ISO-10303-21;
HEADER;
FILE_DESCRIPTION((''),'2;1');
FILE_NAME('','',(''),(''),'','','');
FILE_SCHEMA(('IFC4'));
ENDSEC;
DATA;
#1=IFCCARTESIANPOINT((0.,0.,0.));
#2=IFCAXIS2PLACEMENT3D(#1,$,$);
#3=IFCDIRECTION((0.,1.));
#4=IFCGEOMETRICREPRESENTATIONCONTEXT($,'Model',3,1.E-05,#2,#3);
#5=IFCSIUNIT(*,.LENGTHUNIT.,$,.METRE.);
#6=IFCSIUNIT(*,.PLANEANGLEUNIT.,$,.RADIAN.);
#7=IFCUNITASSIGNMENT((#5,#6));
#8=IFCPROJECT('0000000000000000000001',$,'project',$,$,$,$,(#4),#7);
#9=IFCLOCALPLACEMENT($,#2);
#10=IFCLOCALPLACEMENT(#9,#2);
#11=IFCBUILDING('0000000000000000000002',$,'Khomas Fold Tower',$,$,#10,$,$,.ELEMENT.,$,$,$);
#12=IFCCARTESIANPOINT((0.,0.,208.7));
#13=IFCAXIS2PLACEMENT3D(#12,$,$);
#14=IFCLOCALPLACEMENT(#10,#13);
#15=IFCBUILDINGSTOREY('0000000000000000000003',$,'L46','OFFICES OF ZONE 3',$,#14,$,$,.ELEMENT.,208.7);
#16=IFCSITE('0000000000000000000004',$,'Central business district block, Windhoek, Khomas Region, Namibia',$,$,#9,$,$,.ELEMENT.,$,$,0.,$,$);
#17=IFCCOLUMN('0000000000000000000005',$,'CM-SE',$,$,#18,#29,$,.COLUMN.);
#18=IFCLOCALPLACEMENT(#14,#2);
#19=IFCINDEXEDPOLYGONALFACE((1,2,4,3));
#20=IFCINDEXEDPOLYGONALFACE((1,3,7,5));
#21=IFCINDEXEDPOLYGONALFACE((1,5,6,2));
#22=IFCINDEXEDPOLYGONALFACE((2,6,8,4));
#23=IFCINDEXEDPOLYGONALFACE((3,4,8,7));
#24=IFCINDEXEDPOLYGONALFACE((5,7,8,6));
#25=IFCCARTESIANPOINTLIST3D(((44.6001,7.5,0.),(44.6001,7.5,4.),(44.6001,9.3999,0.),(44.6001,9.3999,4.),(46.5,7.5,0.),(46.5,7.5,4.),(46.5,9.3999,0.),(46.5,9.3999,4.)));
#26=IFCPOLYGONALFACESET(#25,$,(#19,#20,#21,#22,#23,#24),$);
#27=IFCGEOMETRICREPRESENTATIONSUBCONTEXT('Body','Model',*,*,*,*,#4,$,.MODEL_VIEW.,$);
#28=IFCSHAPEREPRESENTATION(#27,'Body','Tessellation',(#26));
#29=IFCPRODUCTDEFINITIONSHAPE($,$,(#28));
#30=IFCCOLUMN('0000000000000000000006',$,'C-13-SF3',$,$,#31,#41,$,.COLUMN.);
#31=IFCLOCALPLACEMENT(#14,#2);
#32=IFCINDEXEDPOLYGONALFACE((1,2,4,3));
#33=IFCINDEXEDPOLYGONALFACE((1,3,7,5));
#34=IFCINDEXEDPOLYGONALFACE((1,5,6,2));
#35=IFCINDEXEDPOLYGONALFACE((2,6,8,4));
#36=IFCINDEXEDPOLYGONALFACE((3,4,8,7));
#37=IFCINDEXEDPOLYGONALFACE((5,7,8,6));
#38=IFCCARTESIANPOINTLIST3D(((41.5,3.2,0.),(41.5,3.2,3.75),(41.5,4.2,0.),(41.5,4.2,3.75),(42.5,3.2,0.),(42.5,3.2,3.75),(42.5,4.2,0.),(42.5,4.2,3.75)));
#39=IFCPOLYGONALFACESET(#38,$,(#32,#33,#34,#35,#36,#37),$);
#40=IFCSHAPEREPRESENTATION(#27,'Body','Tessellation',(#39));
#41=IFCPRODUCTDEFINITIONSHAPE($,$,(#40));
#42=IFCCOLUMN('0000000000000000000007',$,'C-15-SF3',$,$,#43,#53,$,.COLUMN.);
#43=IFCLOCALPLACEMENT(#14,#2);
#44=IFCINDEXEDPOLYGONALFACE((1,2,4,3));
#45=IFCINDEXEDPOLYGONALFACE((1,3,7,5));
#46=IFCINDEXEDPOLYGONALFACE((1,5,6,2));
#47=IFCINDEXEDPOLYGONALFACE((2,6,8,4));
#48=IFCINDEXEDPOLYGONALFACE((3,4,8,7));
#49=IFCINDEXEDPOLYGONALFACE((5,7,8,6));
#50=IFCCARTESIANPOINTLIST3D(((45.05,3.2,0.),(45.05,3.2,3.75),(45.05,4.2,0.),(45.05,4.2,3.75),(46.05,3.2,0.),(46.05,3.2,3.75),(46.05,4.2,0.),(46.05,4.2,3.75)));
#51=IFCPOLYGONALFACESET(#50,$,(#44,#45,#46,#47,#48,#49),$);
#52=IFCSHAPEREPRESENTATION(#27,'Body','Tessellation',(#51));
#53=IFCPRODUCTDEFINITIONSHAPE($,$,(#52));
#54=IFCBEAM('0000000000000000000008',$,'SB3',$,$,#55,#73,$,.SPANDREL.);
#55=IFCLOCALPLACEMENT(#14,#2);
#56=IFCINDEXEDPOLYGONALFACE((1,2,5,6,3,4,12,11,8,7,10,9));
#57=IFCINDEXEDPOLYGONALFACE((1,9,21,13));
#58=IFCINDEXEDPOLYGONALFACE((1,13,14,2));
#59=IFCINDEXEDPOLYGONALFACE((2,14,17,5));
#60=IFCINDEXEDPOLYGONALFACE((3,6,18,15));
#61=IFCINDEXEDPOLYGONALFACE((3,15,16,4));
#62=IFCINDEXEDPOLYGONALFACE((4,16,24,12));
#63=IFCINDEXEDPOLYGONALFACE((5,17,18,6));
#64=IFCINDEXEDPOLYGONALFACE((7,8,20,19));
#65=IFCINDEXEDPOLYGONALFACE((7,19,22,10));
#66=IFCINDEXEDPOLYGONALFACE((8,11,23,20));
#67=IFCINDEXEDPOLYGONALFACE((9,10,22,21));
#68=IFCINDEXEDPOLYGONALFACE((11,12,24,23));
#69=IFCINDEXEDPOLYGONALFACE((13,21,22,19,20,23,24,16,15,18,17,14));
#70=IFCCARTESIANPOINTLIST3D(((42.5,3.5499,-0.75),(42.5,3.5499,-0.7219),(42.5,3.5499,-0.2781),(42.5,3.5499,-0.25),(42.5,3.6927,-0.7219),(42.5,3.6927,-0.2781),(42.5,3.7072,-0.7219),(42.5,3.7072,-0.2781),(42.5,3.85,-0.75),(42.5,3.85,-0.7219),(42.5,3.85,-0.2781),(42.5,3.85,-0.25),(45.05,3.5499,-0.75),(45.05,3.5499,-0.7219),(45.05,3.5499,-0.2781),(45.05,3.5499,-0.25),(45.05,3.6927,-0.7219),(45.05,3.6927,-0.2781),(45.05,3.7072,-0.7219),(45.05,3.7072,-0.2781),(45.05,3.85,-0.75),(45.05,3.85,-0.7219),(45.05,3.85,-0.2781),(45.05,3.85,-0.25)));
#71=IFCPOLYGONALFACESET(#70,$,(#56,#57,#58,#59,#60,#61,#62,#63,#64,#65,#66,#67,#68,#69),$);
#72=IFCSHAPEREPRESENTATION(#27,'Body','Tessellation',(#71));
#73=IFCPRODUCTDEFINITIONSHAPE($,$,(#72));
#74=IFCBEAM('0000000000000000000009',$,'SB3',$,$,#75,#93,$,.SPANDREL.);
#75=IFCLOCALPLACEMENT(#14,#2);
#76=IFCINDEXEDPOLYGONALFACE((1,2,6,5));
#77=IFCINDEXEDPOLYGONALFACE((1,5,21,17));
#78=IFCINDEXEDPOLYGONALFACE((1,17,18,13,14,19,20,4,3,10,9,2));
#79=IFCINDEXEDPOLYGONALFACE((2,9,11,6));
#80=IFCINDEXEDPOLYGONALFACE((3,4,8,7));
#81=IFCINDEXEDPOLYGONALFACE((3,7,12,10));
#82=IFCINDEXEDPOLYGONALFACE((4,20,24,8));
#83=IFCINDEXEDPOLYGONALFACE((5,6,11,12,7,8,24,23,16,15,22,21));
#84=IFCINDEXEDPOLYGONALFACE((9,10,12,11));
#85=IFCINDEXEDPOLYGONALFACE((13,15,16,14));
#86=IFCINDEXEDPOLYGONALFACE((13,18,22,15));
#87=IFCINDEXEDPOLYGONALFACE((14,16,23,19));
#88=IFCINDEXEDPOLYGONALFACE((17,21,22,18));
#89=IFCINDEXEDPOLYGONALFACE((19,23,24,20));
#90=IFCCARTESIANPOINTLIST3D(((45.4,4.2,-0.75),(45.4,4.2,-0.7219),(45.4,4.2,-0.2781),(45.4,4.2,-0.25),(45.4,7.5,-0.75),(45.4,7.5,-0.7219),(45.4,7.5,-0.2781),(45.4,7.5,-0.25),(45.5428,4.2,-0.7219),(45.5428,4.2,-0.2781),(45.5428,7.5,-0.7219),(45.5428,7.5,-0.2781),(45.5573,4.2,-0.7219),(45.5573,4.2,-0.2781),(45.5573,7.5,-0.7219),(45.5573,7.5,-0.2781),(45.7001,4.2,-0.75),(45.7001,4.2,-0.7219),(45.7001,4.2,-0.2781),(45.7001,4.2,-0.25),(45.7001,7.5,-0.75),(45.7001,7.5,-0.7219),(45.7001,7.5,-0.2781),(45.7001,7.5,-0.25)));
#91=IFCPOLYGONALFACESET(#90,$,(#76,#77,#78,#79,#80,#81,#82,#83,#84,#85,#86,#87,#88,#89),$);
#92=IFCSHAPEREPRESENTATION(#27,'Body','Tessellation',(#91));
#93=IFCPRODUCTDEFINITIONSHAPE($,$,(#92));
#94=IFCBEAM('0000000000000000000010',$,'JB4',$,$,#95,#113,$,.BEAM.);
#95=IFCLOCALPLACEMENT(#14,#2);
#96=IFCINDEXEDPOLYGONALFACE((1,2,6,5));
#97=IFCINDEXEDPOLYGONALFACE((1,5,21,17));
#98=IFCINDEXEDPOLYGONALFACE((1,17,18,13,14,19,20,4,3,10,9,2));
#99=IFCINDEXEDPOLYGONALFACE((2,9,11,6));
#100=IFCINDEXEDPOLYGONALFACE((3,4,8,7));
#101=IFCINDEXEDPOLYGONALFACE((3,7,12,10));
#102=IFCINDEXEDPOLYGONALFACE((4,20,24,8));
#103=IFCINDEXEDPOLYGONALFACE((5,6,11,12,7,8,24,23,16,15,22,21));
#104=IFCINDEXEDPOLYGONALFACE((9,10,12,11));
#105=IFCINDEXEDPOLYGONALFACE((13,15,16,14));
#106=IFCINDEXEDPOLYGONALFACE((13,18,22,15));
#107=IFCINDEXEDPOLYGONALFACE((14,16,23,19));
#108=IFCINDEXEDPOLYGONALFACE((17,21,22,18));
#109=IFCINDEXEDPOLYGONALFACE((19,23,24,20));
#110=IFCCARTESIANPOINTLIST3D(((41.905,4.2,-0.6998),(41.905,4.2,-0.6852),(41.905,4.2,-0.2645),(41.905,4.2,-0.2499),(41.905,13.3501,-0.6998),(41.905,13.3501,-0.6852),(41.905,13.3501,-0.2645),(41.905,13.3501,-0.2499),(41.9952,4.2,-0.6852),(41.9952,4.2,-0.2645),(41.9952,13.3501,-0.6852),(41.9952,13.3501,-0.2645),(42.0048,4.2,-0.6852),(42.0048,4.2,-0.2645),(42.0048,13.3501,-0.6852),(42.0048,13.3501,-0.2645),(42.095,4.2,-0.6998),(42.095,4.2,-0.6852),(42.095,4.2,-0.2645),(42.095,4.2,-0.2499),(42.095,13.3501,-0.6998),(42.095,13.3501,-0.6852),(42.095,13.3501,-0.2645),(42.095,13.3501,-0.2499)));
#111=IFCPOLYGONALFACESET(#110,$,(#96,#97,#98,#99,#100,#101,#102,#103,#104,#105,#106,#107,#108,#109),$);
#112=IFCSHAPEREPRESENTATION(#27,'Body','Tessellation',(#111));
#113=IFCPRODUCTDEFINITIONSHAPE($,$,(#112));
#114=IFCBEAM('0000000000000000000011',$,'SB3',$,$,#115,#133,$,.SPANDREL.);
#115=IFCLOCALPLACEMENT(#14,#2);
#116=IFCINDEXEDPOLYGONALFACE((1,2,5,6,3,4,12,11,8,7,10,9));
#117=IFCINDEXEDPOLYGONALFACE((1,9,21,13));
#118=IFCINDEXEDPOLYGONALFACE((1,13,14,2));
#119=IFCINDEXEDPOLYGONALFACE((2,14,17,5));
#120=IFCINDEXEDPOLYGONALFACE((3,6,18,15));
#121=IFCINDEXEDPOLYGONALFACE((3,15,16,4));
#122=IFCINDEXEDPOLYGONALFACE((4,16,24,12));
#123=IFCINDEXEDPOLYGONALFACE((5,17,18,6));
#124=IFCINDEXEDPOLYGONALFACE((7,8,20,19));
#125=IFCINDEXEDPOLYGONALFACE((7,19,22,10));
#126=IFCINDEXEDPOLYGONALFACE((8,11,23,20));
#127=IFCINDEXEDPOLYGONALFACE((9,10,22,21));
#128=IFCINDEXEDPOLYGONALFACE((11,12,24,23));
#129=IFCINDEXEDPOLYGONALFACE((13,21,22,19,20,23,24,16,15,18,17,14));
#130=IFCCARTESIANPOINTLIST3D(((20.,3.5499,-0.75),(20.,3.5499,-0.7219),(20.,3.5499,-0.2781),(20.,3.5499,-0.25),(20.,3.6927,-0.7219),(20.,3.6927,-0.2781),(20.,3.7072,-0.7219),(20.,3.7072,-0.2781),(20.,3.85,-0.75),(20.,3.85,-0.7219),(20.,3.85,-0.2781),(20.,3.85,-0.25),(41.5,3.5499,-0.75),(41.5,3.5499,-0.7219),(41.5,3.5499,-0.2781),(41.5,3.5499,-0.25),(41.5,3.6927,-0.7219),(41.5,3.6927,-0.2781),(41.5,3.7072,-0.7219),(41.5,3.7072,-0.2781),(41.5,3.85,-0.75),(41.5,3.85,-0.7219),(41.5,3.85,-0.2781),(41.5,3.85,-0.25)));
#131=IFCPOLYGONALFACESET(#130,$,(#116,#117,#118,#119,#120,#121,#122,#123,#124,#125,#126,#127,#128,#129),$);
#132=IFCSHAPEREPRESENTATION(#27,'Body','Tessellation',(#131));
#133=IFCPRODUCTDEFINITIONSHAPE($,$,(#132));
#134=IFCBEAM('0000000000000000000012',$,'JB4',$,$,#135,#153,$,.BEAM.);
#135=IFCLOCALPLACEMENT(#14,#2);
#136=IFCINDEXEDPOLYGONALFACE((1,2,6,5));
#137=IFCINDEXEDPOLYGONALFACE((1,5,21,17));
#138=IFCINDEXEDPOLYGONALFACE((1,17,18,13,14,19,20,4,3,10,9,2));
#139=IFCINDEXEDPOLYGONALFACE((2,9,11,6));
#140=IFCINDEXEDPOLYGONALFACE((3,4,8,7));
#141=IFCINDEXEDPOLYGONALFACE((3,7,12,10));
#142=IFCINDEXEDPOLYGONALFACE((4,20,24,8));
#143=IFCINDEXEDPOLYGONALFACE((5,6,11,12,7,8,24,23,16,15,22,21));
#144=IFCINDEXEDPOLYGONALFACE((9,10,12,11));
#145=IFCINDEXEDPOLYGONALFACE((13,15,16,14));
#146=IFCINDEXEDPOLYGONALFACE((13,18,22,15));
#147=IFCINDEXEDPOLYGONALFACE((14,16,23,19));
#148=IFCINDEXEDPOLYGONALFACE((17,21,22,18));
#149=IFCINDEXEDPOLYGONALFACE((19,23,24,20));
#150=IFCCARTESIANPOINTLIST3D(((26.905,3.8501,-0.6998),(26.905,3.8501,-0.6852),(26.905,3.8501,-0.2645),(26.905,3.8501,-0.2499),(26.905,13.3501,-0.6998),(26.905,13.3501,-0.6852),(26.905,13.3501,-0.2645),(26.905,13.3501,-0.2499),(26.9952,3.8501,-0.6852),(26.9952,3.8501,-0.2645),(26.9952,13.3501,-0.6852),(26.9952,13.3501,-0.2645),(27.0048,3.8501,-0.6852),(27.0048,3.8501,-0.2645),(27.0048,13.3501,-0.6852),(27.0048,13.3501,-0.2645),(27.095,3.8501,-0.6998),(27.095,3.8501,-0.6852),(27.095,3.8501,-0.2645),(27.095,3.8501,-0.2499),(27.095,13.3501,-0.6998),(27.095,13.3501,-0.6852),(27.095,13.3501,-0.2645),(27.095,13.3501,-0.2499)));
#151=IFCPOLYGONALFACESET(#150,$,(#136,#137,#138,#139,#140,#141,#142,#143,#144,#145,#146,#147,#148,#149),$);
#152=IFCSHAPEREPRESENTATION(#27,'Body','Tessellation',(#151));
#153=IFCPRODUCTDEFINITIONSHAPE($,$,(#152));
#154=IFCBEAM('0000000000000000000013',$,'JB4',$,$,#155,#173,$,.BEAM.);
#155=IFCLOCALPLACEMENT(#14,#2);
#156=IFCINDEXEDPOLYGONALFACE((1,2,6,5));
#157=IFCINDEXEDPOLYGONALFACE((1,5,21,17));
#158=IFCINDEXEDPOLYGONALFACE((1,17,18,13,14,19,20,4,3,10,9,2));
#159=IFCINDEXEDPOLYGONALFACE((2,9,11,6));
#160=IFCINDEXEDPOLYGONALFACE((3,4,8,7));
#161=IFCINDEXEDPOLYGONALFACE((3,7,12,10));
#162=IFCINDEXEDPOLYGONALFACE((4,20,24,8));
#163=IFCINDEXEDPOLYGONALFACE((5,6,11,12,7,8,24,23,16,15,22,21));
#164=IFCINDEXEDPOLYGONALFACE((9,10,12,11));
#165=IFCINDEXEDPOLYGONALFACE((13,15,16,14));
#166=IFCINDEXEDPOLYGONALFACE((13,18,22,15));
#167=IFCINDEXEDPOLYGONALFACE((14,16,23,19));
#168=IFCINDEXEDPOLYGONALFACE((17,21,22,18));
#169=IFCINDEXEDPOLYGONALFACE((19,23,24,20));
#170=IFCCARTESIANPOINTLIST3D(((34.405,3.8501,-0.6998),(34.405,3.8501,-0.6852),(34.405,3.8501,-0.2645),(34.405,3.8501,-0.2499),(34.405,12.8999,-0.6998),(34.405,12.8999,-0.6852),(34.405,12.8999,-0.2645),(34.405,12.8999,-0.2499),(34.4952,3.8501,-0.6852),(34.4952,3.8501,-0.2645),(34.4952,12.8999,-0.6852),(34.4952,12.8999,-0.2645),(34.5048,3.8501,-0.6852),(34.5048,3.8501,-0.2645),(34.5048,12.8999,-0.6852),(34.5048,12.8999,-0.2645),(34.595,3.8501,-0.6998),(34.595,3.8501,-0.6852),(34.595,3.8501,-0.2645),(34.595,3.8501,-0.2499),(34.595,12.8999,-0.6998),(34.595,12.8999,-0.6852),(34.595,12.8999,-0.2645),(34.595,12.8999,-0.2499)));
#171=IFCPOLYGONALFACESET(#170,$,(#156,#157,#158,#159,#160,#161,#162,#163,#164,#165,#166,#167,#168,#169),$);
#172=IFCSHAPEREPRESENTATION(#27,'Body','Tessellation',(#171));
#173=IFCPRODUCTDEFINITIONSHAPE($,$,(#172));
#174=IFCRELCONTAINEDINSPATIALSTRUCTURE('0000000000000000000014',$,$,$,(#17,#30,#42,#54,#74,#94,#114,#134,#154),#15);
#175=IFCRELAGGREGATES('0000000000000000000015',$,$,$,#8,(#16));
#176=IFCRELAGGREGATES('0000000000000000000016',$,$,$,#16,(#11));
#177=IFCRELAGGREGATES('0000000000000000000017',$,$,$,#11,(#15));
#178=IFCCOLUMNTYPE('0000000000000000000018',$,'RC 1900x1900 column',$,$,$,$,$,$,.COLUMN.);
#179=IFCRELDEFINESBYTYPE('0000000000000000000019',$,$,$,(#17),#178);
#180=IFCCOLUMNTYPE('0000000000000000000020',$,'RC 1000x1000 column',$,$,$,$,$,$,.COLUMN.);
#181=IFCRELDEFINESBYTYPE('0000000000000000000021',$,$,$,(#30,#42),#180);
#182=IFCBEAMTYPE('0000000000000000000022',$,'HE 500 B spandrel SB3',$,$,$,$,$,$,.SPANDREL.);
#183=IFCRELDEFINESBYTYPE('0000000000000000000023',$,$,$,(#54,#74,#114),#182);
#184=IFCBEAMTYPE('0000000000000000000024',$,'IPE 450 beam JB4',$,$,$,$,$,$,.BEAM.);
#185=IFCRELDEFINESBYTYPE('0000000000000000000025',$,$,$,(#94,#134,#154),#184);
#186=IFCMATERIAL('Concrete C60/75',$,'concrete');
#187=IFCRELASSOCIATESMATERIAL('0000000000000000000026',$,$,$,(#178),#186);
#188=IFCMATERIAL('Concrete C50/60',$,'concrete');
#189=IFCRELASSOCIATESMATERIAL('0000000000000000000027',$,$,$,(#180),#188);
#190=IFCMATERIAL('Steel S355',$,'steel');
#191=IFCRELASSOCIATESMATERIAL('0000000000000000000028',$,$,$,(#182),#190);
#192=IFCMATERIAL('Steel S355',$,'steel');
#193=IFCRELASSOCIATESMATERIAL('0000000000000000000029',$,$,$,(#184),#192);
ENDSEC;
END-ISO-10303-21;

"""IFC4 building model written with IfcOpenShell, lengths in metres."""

from ifc_helpers import new_model, si_unit, direction, frame, origin, origin_2d, place, context, subcontext, project, spatial, rectangle, i_section, extrude, source, transform, mapped, material, material_profile, profile_set, type_object, element, save


model = new_model("IFC4")

# Units and contexts
model_context = context("Model", 3, precision=1e-05, world=origin(), true_north=direction((0.0, 1.0)))
body_context = subcontext(model_context, "Body", "Model", "MODEL_VIEW")
ifc_project = project(units=[si_unit("LENGTHUNIT", "METRE"), si_unit("PLANEANGLEUNIT", "RADIAN")], contexts=[model_context])

# Site, building, storey
site_placement = place(None, origin())
site = spatial("IfcSite", under=ifc_project, at=site_placement, Name="Central business district block, Windhoek, Khomas Region, Namibia", CompositionType="ELEMENT", RefElevation=0.0)
building_placement = place(site_placement, origin())
building = spatial("IfcBuilding", under=site, at=building_placement, Name="Khomas Fold Tower", CompositionType="ELEMENT")
storey_placement = place(building_placement, frame((0.0, 0.0, 208.7)))
storey = spatial("IfcBuildingStorey", under=building, at=storey_placement, Name="L46", Description="OFFICES OF ZONE 3", CompositionType="ELEMENT", Elevation=208.7)

# Columns
ifc_material_1 = material(Name="Concrete C60/75", Category="concrete")
ifc_material_profile_1 = material_profile(ifc_material_1, rectangle(XDim=1.8999, YDim=1.8999, at=origin_2d()), Name="RC 1900x1900")
ifc_profile_set_1 = profile_set([ifc_material_profile_1], Name="Concrete C60/75")
column_type_1 = type_object("IfcColumnType", Name="RC 1900x1900 column", PredefinedType="COLUMN", material=ifc_profile_set_1)
shared_shape_1 = source(origin(), body_context, "Body", "SweptSolid", [
    extrude(rectangle(XDim=1.8999, YDim=1.8999, at=origin_2d()), origin(), (0.0, 0.0, 1.0), 4.0),
])
column_placement = place(storey_placement, frame((45.55, 8.45, 0.0), z_axis=(0.0, 0.0, 1.0), x_axis=(1.0, 0.0, 0.0)))
element("IfcColumn", 1, at=column_placement, inside=storey, type_object=column_type_1, Name="CM-SE", PredefinedType="COLUMN", context=body_context, shape_type="MappedRepresentation", body=[
    mapped(shared_shape_1, transform((0.0, 0.0, 0.0))),
])
ifc_material_2 = material(Name="Concrete C50/60", Category="concrete")
ifc_material_profile_2 = material_profile(ifc_material_2, rectangle(XDim=1.0, YDim=1.0, at=origin_2d()), Name="RC 1000x1000")
ifc_profile_set_2 = profile_set([ifc_material_profile_2], Name="Concrete C50/60")
column_type_2 = type_object("IfcColumnType", Name="RC 1000x1000 column", PredefinedType="COLUMN", material=ifc_profile_set_2)
shared_shape_2 = source(origin(), body_context, "Body", "SweptSolid", [
    extrude(rectangle(XDim=1.0, YDim=1.0, at=origin_2d()), origin(), (0.0, 0.0, 1.0), 3.75),
])
for number, where, z_axis, x_axis, name in (
    (2, (42.0, 3.7, 0.0), (0.0, 0.0, 1.0), (1.0, 0.0, 0.0), "C-13-SF3"),
    (3, (45.55, 3.7, 0.0), (0.0, 0.0, 1.0), (1.0, 0.0, 0.0), "C-15-SF3"),
):
    element("IfcColumn", number, at=place(storey_placement, frame(where, z_axis=z_axis, x_axis=x_axis)), inside=storey, type_object=column_type_2, Name=name, PredefinedType="COLUMN", context=body_context, shape_type="MappedRepresentation", body=[
        mapped(shared_shape_2, transform((0.0, 0.0, 0.0))),
    ])

# Beams
ifc_material_3 = material(Name="Steel S355", Category="steel")
ifc_material_profile_3 = material_profile(ifc_material_3, i_section(OverallWidth=0.3, OverallDepth=0.5, WebThickness=0.0144, FlangeThickness=0.0281, at=origin_2d()), Name="HE 500 B")
ifc_profile_set_3 = profile_set([ifc_material_profile_3], Name="Steel S355")
beam_type_1 = type_object("IfcBeamType", Name="HE 500 B spandrel SB3", PredefinedType="SPANDREL", material=ifc_profile_set_3)
shared_shape_3 = source(origin(), body_context, "Body", "SweptSolid", [
    extrude(i_section(OverallWidth=0.3, OverallDepth=0.5, WebThickness=0.0144, FlangeThickness=0.0281, at=origin_2d()), origin(), (0.0, 0.0, 1.0), 2.55),
])
beam_1_placement = place(storey_placement, frame((42.5, 3.7, -0.5), z_axis=(1.0, 0.0, 0.0), x_axis=(0.0, 1.0, 0.0)))
element("IfcBeam", 4, at=beam_1_placement, inside=storey, type_object=beam_type_1, Name="SB3", PredefinedType="SPANDREL", context=body_context, shape_type="MappedRepresentation", body=[
    mapped(shared_shape_3, transform((0.0, 0.0, 0.0))),
])
shared_shape_4 = source(origin(), body_context, "Body", "SweptSolid", [
    extrude(i_section(OverallWidth=0.3, OverallDepth=0.5, WebThickness=0.0144, FlangeThickness=0.0281, at=origin_2d()), origin(), (0.0, 0.0, 1.0), 3.3),
])
beam_2_placement = place(storey_placement, frame((45.55, 4.2, -0.5), z_axis=(0.0, 1.0, 0.0), x_axis=(-1.0, 0.0, 0.0)))
element("IfcBeam", 5, at=beam_2_placement, inside=storey, type_object=beam_type_1, Name="SB3", PredefinedType="SPANDREL", context=body_context, shape_type="MappedRepresentation", body=[
    mapped(shared_shape_4, transform((0.0, 0.0, 0.0))),
])
ifc_material_4 = material(Name="Steel S355", Category="steel")
ifc_material_profile_4 = material_profile(ifc_material_4, i_section(OverallWidth=0.1899, OverallDepth=0.45, WebThickness=0.0095, FlangeThickness=0.0146, at=origin_2d()), Name="IPE 450")
ifc_profile_set_4 = profile_set([ifc_material_profile_4], Name="Steel S355")
beam_type_2 = type_object("IfcBeamType", Name="IPE 450 beam JB4", PredefinedType="BEAM", material=ifc_profile_set_4)
shared_shape_5 = source(origin(), body_context, "Body", "SweptSolid", [
    extrude(i_section(OverallWidth=0.1899, OverallDepth=0.45, WebThickness=0.0095, FlangeThickness=0.0146, at=origin_2d()), origin(), (0.0, 0.0, 1.0), 9.1501),
])
beam_3_placement = place(storey_placement, frame((42.0, 4.2, -0.4749), z_axis=(0.0, 1.0, 0.0), x_axis=(-1.0, 0.0, 0.0)))
element("IfcBeam", 6, at=beam_3_placement, inside=storey, type_object=beam_type_2, Name="JB4", PredefinedType="BEAM", context=body_context, shape_type="MappedRepresentation", body=[
    mapped(shared_shape_5, transform((0.0, 0.0, 0.0))),
])
shared_shape_6 = source(origin(), body_context, "Body", "SweptSolid", [
    extrude(i_section(OverallWidth=0.3, OverallDepth=0.5, WebThickness=0.0144, FlangeThickness=0.0281, at=origin_2d()), origin(), (0.0, 0.0, 1.0), 21.5),
])
beam_4_placement = place(storey_placement, frame((20.0, 3.7, -0.5), z_axis=(1.0, 0.0, 0.0), x_axis=(0.0, 1.0, 0.0)))
element("IfcBeam", 7, at=beam_4_placement, inside=storey, type_object=beam_type_1, Name="SB3", PredefinedType="SPANDREL", context=body_context, shape_type="MappedRepresentation", body=[
    mapped(shared_shape_6, transform((0.0, 0.0, 0.0))),
])
shared_shape_7 = source(origin(), body_context, "Body", "SweptSolid", [
    extrude(i_section(OverallWidth=0.1899, OverallDepth=0.45, WebThickness=0.0095, FlangeThickness=0.0146, at=origin_2d()), origin(), (0.0, 0.0, 1.0), 9.5),
])
beam_5_placement = place(storey_placement, frame((27.0, 3.8501, -0.4749), z_axis=(0.0, 1.0, 0.0), x_axis=(-1.0, 0.0, 0.0)))
element("IfcBeam", 8, at=beam_5_placement, inside=storey, type_object=beam_type_2, Name="JB4", PredefinedType="BEAM", context=body_context, shape_type="MappedRepresentation", body=[
    mapped(shared_shape_7, transform((0.0, 0.0, 0.0))),
])
shared_shape_8 = source(origin(), body_context, "Body", "SweptSolid", [
    extrude(i_section(OverallWidth=0.1899, OverallDepth=0.45, WebThickness=0.0095, FlangeThickness=0.0146, at=origin_2d()), origin(), (0.0, 0.0, 1.0), 9.0498),
])
beam_6_placement = place(storey_placement, frame((34.5, 3.8501, -0.4749), z_axis=(0.0, 1.0, 0.0), x_axis=(-1.0, 0.0, 0.0)))
element("IfcBeam", 9, at=beam_6_placement, inside=storey, type_object=beam_type_2, Name="JB4", PredefinedType="BEAM", context=body_context, shape_type="MappedRepresentation", body=[
    mapped(shared_shape_8, transform((0.0, 0.0, 0.0))),
])

save(model, "model.ifc")
